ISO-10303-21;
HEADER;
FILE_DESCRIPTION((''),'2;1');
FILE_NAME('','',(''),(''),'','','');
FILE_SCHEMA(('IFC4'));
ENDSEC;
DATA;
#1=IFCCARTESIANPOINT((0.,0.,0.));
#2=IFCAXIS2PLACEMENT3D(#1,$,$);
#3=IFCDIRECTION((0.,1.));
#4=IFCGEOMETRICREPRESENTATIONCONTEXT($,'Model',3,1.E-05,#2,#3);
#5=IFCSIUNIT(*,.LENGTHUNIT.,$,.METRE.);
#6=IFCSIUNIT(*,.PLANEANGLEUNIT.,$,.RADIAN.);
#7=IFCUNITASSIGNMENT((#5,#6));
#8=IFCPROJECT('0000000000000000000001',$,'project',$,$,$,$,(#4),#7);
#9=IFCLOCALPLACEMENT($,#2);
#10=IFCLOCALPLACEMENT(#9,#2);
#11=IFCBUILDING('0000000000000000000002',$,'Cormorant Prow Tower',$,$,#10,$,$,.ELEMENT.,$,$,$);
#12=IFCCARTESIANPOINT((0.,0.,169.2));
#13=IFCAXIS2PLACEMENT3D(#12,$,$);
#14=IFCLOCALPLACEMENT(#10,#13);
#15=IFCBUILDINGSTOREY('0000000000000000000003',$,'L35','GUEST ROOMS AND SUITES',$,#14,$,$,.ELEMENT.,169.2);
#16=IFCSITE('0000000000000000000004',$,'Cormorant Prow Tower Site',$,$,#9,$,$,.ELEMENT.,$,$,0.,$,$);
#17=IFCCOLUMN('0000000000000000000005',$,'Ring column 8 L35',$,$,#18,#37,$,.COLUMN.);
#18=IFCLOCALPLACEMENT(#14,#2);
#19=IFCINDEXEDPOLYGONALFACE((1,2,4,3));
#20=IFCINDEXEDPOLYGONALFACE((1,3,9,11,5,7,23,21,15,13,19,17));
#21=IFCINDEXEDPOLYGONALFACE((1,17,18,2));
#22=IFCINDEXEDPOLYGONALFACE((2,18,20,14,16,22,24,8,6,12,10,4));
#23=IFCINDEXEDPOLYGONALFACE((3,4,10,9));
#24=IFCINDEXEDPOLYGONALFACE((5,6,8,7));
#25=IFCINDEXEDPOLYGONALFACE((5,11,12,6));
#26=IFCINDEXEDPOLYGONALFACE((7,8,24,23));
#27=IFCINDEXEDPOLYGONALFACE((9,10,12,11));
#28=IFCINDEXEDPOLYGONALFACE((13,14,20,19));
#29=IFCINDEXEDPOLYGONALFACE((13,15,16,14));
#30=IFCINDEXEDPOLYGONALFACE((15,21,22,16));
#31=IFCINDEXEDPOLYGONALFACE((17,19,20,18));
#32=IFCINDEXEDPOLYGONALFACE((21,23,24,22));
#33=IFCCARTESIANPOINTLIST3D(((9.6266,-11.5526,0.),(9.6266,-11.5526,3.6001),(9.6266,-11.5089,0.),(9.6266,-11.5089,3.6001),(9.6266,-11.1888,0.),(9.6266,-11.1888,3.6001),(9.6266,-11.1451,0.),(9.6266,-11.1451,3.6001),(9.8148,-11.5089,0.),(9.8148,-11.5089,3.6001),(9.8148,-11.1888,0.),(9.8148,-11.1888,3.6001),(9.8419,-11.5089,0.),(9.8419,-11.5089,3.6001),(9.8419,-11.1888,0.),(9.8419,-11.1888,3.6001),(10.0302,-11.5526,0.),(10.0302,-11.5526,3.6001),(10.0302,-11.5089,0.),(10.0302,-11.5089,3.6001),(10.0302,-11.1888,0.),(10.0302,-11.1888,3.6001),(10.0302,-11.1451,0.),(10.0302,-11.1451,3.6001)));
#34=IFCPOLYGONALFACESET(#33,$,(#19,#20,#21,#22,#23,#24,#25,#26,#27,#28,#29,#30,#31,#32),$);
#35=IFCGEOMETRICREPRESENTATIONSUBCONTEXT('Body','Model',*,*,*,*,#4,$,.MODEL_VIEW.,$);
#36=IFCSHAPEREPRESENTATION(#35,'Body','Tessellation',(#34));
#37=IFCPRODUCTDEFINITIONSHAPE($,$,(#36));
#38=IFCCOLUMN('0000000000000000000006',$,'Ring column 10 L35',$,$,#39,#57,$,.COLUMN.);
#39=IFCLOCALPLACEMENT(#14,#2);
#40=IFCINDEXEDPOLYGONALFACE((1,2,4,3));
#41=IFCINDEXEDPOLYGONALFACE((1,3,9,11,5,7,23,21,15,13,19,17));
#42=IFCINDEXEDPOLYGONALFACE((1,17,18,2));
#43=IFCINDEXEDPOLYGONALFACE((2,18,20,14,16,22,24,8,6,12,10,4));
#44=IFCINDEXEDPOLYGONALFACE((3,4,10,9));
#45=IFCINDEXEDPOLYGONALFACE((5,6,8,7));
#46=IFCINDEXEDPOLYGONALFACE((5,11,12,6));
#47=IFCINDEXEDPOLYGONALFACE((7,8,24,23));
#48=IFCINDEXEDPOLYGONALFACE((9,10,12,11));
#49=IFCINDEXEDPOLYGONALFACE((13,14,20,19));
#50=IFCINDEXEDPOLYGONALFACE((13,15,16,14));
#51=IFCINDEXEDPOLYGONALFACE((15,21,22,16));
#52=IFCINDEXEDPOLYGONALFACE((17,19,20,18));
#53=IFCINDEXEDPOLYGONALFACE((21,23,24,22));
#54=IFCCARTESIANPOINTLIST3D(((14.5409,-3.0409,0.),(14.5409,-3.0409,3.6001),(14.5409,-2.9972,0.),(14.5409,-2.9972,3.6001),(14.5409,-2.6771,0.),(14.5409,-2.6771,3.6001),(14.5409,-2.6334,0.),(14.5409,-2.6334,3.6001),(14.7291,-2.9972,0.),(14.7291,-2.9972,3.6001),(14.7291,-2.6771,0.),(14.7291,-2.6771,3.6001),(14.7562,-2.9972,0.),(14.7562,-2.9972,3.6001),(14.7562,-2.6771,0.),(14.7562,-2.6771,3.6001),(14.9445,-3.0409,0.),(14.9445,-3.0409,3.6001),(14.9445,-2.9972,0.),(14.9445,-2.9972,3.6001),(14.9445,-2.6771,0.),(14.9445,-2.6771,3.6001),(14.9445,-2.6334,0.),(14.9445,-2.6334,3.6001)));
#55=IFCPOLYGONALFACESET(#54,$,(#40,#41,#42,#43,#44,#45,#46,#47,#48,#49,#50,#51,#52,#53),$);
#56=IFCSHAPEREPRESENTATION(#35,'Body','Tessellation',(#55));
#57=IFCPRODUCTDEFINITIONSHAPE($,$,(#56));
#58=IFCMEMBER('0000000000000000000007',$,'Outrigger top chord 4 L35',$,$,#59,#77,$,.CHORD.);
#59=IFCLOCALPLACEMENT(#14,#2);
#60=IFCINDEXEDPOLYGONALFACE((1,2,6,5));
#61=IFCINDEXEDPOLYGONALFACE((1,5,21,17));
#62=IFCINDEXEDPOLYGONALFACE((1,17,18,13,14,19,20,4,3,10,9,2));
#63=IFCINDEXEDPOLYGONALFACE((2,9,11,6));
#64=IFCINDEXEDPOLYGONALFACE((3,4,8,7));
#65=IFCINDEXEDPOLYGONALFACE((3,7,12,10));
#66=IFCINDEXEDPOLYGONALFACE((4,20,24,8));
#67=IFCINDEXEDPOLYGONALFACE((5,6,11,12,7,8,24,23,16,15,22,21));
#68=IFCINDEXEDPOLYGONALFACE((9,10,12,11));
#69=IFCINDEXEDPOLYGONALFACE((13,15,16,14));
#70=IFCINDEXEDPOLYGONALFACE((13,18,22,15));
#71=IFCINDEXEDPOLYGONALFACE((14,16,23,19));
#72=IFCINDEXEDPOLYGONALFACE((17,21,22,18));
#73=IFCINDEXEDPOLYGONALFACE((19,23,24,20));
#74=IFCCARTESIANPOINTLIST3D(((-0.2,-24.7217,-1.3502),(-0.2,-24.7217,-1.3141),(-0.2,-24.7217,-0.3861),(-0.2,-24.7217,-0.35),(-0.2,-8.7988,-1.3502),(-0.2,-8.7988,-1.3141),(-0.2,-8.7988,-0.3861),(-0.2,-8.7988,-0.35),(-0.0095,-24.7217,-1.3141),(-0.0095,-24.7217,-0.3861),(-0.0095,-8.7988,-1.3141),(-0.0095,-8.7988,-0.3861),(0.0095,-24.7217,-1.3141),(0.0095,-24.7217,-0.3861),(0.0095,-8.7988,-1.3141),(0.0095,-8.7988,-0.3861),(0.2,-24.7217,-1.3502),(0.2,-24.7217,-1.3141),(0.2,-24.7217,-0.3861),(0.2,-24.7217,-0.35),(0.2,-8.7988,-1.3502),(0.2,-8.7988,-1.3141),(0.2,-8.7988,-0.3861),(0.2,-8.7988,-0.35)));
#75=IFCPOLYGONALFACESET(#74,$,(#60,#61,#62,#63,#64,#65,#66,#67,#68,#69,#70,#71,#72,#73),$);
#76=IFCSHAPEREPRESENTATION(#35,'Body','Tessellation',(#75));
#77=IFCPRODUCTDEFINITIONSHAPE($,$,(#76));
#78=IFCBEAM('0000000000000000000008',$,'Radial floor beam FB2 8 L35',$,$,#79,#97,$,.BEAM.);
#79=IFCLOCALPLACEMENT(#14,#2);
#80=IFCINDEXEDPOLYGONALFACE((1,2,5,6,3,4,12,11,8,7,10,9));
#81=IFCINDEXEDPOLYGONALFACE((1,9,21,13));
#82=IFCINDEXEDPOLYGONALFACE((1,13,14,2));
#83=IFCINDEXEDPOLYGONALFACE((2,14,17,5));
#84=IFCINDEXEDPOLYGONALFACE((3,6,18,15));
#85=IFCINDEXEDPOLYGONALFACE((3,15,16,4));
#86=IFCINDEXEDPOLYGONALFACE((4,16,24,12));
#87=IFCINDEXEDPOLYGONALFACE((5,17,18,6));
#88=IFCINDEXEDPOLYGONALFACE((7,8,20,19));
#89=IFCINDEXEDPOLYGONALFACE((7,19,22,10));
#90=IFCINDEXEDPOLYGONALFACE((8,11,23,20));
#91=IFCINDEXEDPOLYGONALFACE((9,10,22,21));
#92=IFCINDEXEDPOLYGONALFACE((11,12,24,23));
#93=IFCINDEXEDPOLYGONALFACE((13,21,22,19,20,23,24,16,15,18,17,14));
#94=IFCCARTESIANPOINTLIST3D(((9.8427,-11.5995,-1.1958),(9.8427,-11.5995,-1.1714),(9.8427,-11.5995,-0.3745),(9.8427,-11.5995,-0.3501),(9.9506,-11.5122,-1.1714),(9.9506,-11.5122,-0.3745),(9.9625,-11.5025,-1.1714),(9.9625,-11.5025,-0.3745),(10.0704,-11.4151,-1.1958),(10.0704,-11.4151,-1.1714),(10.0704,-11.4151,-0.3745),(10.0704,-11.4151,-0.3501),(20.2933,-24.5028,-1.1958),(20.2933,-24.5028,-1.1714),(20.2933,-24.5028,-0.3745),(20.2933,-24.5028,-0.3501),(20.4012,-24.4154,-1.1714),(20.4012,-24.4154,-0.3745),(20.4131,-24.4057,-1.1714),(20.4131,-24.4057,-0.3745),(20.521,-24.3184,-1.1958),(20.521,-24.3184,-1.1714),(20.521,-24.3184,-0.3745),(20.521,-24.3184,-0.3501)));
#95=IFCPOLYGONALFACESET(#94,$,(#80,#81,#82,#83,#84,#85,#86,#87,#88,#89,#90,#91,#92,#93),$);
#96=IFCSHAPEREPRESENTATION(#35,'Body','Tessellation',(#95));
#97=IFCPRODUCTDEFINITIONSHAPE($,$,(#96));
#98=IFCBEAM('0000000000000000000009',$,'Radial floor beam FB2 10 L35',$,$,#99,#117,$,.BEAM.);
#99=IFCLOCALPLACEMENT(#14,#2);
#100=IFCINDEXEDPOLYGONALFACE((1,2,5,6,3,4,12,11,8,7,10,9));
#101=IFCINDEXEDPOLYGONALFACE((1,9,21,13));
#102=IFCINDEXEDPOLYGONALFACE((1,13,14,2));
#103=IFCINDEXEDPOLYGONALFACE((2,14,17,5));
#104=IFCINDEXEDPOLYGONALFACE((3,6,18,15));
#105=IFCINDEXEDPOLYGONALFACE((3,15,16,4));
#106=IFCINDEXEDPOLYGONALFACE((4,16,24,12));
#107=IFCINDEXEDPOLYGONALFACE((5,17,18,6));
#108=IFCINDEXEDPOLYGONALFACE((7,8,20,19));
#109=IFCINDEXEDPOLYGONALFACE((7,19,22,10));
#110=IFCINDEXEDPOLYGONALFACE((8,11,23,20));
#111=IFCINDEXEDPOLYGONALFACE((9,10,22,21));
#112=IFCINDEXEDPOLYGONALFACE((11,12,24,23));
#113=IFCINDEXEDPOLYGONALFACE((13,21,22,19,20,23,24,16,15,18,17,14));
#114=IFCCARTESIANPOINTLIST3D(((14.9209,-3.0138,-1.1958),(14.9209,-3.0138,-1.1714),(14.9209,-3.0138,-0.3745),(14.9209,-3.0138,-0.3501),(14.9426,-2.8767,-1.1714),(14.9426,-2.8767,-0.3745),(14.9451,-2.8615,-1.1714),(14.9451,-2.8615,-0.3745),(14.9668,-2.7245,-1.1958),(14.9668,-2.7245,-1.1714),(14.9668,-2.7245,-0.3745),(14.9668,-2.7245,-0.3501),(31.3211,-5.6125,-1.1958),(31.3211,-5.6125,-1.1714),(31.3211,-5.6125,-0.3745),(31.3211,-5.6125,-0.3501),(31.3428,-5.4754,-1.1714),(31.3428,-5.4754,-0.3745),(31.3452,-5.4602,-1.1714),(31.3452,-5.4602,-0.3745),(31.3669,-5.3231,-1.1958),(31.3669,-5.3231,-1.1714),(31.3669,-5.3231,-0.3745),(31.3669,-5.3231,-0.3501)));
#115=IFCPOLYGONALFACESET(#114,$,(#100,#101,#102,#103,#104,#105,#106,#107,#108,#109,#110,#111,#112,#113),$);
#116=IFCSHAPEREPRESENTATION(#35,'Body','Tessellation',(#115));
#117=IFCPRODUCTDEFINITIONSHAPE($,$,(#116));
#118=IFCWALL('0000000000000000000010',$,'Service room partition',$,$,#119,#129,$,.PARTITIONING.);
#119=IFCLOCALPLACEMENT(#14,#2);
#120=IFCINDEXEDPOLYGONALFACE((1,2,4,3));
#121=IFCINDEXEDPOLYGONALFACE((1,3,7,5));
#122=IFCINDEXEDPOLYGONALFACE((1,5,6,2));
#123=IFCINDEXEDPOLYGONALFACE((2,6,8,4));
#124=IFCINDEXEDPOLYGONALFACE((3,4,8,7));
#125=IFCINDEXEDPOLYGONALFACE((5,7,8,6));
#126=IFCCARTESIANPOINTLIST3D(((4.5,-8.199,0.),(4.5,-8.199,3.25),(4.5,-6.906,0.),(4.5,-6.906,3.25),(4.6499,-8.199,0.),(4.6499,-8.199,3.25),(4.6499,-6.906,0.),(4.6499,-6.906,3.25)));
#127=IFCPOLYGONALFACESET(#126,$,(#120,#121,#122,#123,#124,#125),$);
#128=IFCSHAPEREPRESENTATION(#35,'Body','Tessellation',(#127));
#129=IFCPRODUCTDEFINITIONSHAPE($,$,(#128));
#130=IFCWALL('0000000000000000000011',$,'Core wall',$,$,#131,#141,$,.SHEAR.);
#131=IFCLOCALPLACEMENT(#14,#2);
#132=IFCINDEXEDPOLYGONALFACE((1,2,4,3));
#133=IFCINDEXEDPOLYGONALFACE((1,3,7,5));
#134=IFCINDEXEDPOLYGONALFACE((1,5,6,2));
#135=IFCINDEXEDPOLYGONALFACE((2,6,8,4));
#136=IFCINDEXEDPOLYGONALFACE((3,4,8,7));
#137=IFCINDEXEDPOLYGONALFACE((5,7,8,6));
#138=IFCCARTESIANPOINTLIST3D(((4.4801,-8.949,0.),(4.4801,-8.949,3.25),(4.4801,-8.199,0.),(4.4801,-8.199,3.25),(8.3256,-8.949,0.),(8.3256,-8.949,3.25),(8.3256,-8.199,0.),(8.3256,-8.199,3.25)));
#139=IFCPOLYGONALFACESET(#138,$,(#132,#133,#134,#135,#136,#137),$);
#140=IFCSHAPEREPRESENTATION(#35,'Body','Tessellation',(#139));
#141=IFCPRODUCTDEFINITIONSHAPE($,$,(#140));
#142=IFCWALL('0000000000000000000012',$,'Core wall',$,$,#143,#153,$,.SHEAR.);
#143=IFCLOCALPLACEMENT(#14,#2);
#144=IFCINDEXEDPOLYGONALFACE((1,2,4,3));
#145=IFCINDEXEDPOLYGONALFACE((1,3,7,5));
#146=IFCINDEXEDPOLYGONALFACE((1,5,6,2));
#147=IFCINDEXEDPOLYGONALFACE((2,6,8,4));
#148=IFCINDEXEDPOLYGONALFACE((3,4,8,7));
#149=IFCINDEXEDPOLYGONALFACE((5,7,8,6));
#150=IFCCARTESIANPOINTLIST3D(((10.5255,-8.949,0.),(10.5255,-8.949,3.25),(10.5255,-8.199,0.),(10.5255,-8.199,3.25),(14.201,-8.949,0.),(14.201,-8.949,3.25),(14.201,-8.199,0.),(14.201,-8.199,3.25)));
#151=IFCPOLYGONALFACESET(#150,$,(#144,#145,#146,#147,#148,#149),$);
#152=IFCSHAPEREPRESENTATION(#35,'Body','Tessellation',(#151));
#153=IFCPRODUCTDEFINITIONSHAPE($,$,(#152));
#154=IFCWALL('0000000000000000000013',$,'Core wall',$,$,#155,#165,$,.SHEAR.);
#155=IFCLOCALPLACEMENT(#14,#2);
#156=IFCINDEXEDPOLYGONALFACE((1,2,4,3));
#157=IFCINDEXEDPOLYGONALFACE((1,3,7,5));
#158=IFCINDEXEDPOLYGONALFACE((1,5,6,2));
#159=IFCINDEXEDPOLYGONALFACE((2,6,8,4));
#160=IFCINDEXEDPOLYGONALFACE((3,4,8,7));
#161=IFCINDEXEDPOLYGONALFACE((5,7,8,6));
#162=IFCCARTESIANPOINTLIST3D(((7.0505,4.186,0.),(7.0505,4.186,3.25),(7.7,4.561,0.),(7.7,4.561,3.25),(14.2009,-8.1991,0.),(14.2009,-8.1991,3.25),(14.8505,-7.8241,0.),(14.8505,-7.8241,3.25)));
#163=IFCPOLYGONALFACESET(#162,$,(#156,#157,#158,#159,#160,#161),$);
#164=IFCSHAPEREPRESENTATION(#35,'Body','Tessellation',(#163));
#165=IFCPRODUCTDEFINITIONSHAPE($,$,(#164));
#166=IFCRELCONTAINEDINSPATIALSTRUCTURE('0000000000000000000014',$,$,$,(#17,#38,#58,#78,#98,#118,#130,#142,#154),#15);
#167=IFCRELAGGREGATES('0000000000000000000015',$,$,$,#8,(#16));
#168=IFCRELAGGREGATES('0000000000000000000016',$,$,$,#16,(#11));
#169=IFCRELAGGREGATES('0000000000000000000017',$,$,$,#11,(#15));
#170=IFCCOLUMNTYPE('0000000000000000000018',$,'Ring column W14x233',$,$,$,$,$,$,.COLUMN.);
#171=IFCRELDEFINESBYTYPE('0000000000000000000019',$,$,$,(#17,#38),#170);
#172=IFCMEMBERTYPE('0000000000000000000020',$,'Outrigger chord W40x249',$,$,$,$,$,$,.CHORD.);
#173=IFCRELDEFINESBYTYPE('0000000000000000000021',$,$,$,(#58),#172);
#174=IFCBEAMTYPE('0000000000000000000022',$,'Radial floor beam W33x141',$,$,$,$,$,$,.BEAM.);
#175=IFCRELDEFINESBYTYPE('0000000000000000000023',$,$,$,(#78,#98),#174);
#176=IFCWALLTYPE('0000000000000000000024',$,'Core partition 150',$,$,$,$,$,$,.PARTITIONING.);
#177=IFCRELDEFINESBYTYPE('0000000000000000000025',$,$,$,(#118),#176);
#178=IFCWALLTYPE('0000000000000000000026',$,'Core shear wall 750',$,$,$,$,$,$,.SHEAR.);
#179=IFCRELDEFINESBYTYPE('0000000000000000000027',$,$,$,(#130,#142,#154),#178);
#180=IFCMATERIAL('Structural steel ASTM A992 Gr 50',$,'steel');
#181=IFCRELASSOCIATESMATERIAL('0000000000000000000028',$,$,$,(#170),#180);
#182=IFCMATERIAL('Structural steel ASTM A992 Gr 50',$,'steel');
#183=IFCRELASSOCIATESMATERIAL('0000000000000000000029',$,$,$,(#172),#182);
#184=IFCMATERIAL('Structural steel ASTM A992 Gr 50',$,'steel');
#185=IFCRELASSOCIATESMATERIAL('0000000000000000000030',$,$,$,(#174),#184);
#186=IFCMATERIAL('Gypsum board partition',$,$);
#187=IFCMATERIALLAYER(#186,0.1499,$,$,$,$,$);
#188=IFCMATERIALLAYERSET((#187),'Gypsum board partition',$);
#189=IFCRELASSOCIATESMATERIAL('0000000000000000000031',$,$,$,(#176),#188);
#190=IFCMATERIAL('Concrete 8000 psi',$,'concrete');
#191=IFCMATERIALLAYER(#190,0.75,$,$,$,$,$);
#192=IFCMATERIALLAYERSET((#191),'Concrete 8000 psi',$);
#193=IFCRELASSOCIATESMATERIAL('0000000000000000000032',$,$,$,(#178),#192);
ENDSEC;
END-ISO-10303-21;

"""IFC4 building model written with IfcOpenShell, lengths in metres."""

from ifc_helpers import new_model, si_unit, direction, frame, frame_2d, origin, origin_2d, place, context, subcontext, project, spatial, rectangle, i_section, extrude, material, layer, layer_set, material_profile, profile_set, type_object, element, save


model = new_model("IFC4")

# Units and contexts
model_context = context("Model", 3, precision=1e-05, world=origin(), true_north=direction((0.0, 1.0)))
body_context = subcontext(model_context, "Body", "Model", "MODEL_VIEW")
ifc_project = project(units=[si_unit("LENGTHUNIT", "METRE"), si_unit("PLANEANGLEUNIT", "RADIAN")], contexts=[model_context])

# Site, building, storey
site_placement = place(None, origin())
site = spatial("IfcSite", under=ifc_project, at=site_placement, Name="Cormorant Prow Tower Site", CompositionType="ELEMENT", RefElevation=0.0)
building_placement = place(site_placement, origin())
building = spatial("IfcBuilding", under=site, at=building_placement, Name="Cormorant Prow Tower", CompositionType="ELEMENT")
storey_placement = place(building_placement, frame((0.0, 0.0, 169.2)))
storey = spatial("IfcBuildingStorey", under=building, at=storey_placement, Name="L35", Description="GUEST ROOMS AND SUITES", CompositionType="ELEMENT", Elevation=169.2)

# Columns
ifc_material_1 = material(Name="Structural steel ASTM A992 Gr 50", Category="steel")
ifc_material_profile_1 = material_profile(ifc_material_1, i_section(OverallWidth=0.4036, OverallDepth=0.4075, WebThickness=0.0271, FlangeThickness=0.0437, at=origin_2d()), Name="W14x233")
ifc_profile_set_1 = profile_set([ifc_material_profile_1], Name="Structural steel ASTM A992 Gr 50")
column_type = type_object("IfcColumnType", Name="Ring column W14x233", PredefinedType="COLUMN", material=ifc_profile_set_1)
for number, where, z_axis, x_axis, name in (
    (1, (9.8284, -11.3489, 0.0), (0.0, 0.0, 1.0), (1.0, 0.0, 0.0), "Ring column 8 L35"),
    (2, (14.7427, -2.8372, 0.0), (0.0, 0.0, 1.0), (1.0, 0.0, 0.0), "Ring column 10 L35"),
):
    element("IfcColumn", number, at=place(storey_placement, frame(where, z_axis=z_axis, x_axis=x_axis)), inside=storey, type_object=column_type, Name=name, PredefinedType="COLUMN", context=body_context, shape_type="SweptSolid", body=[
        extrude(i_section(OverallWidth=0.4036, OverallDepth=0.4075, WebThickness=0.0271, FlangeThickness=0.0437, at=origin_2d()), origin(), (0.0, 0.0, 1.0), 3.6001),
    ])

# Member
ifc_material_2 = material(Name="Structural steel ASTM A992 Gr 50", Category="steel")
ifc_material_profile_2 = material_profile(ifc_material_2, i_section(OverallWidth=0.3999, OverallDepth=1.0002, WebThickness=0.019, FlangeThickness=0.0361, at=origin_2d()), Name="W40x249")
ifc_profile_set_2 = profile_set([ifc_material_profile_2], Name="Structural steel ASTM A992 Gr 50")
member_type = type_object("IfcMemberType", Name="Outrigger chord W40x249", PredefinedType="CHORD", material=ifc_profile_set_2)
member_placement = place(storey_placement, frame((0.0, -8.7988, -0.8501), z_axis=(0.0, -1.0, 0.0), x_axis=(1.0, 0.0, 0.0)))
element("IfcMember", 3, at=member_placement, inside=storey, type_object=member_type, Name="Outrigger top chord 4 L35", PredefinedType="CHORD", context=body_context, shape_type="SweptSolid", body=[
    extrude(i_section(OverallWidth=0.3999, OverallDepth=1.0002, WebThickness=0.019, FlangeThickness=0.0361, at=origin_2d()), origin(), (0.0, 0.0, 1.0), 15.9229),
])

# Beams
ifc_material_3 = material(Name="Structural steel ASTM A992 Gr 50", Category="steel")
ifc_material_profile_3 = material_profile(ifc_material_3, i_section(OverallWidth=0.293, OverallDepth=0.8457, WebThickness=0.0154, FlangeThickness=0.0244, at=origin_2d()), Name="W33x141")
ifc_profile_set_3 = profile_set([ifc_material_profile_3], Name="Structural steel ASTM A992 Gr 50")
beam_type = type_object("IfcBeamType", Name="Radial floor beam W33x141", PredefinedType="BEAM", material=ifc_profile_set_3)
beam_1_placement = place(storey_placement, frame((9.9565, -11.5073, -0.7729), z_axis=(0.629385, -0.777094, 0.0), x_axis=(0.777094, 0.629385, 0.0)))
element("IfcBeam", 4, at=beam_1_placement, inside=storey, type_object=beam_type, Name="Radial floor beam FB2 8 L35", PredefinedType="BEAM", context=body_context, shape_type="SweptSolid", body=[
    extrude(i_section(OverallWidth=0.293, OverallDepth=0.8457, WebThickness=0.0154, FlangeThickness=0.0244, at=origin_2d()), origin(), (0.0, 0.0, 1.0), 16.6045),
])
beam_2_placement = place(storey_placement, frame((14.9438, -2.8691, -0.7729), z_axis=(0.987678, -0.156499, 0.0), x_axis=(0.156499, 0.987678, 0.0)))
element("IfcBeam", 5, at=beam_2_placement, inside=storey, type_object=beam_type, Name="Radial floor beam FB2 10 L35", PredefinedType="BEAM", context=body_context, shape_type="SweptSolid", body=[
    extrude(i_section(OverallWidth=0.293, OverallDepth=0.8457, WebThickness=0.0154, FlangeThickness=0.0244, at=origin_2d()), origin(), (0.0, 0.0, 1.0), 16.6047),
])

# Walls
ifc_material_4 = material(Name="Gypsum board partition")
ifc_layer_1 = layer(ifc_material_4, 0.1499)
ifc_layer_set_1 = layer_set([ifc_layer_1], Name="Gypsum board partition")
wall_type_1 = type_object("IfcWallType", Name="Core partition 150", PredefinedType="PARTITIONING", material=ifc_layer_set_1)
wall_1_placement = place(storey_placement, frame((4.575, -6.906, 0.0), z_axis=(0.0, 0.0, 1.0), x_axis=(0.0, -1.0, 0.0)))
element("IfcWall", 6, at=wall_1_placement, inside=storey, type_object=wall_type_1, Name="Service room partition", PredefinedType="PARTITIONING", context=body_context, shape_type="SweptSolid", body=[
    extrude(rectangle(XDim=1.293, YDim=0.1499, at=frame_2d((0.6465, 0.0))), origin(), (0.0, 0.0, 1.0), 3.25),
])
ifc_material_5 = material(Name="Concrete 8000 psi", Category="concrete")
ifc_layer_2 = layer(ifc_material_5, 0.75)
ifc_layer_set_2 = layer_set([ifc_layer_2], Name="Concrete 8000 psi")
wall_type_2 = type_object("IfcWallType", Name="Core shear wall 750", PredefinedType="SHEAR", material=ifc_layer_set_2)
wall_2_placement = place(storey_placement, frame((4.48, -8.574, 0.0), z_axis=(0.0, 0.0, 1.0), x_axis=(1.0, 0.0, 0.0)))
element("IfcWall", 7, at=wall_2_placement, inside=storey, type_object=wall_type_2, Name="Core wall", PredefinedType="SHEAR", context=body_context, shape_type="SweptSolid", body=[
    extrude(rectangle(XDim=3.8455, YDim=0.75, at=frame_2d((1.9229, 0.0))), origin(), (0.0, 0.0, 1.0), 3.25),
])
wall_3_placement = place(storey_placement, frame((10.5254, -8.574, 0.0), z_axis=(0.0, 0.0, 1.0), x_axis=(1.0, 0.0, 0.0)))
element("IfcWall", 8, at=wall_3_placement, inside=storey, type_object=wall_type_2, Name="Core wall", PredefinedType="SHEAR", context=body_context, shape_type="SweptSolid", body=[
    extrude(rectangle(XDim=3.6755, YDim=0.75, at=frame_2d((1.8379, 0.0))), origin(), (0.0, 0.0, 1.0), 3.25),
])
wall_4_placement = place(storey_placement, frame((14.5256, -8.0115, 0.0), z_axis=(0.0, 0.0, 1.0), x_axis=(-0.499995, 0.866028, 0.0)))
element("IfcWall", 9, at=wall_4_placement, inside=storey, type_object=wall_type_2, Name="Core wall", PredefinedType="SHEAR", context=body_context, shape_type="SweptSolid", body=[
    extrude(rectangle(XDim=14.301, YDim=0.75, at=frame_2d((7.1504, 0.0))), origin(), (0.0, 0.0, 1.0), 3.25),
])

save(model, "model.ifc")
